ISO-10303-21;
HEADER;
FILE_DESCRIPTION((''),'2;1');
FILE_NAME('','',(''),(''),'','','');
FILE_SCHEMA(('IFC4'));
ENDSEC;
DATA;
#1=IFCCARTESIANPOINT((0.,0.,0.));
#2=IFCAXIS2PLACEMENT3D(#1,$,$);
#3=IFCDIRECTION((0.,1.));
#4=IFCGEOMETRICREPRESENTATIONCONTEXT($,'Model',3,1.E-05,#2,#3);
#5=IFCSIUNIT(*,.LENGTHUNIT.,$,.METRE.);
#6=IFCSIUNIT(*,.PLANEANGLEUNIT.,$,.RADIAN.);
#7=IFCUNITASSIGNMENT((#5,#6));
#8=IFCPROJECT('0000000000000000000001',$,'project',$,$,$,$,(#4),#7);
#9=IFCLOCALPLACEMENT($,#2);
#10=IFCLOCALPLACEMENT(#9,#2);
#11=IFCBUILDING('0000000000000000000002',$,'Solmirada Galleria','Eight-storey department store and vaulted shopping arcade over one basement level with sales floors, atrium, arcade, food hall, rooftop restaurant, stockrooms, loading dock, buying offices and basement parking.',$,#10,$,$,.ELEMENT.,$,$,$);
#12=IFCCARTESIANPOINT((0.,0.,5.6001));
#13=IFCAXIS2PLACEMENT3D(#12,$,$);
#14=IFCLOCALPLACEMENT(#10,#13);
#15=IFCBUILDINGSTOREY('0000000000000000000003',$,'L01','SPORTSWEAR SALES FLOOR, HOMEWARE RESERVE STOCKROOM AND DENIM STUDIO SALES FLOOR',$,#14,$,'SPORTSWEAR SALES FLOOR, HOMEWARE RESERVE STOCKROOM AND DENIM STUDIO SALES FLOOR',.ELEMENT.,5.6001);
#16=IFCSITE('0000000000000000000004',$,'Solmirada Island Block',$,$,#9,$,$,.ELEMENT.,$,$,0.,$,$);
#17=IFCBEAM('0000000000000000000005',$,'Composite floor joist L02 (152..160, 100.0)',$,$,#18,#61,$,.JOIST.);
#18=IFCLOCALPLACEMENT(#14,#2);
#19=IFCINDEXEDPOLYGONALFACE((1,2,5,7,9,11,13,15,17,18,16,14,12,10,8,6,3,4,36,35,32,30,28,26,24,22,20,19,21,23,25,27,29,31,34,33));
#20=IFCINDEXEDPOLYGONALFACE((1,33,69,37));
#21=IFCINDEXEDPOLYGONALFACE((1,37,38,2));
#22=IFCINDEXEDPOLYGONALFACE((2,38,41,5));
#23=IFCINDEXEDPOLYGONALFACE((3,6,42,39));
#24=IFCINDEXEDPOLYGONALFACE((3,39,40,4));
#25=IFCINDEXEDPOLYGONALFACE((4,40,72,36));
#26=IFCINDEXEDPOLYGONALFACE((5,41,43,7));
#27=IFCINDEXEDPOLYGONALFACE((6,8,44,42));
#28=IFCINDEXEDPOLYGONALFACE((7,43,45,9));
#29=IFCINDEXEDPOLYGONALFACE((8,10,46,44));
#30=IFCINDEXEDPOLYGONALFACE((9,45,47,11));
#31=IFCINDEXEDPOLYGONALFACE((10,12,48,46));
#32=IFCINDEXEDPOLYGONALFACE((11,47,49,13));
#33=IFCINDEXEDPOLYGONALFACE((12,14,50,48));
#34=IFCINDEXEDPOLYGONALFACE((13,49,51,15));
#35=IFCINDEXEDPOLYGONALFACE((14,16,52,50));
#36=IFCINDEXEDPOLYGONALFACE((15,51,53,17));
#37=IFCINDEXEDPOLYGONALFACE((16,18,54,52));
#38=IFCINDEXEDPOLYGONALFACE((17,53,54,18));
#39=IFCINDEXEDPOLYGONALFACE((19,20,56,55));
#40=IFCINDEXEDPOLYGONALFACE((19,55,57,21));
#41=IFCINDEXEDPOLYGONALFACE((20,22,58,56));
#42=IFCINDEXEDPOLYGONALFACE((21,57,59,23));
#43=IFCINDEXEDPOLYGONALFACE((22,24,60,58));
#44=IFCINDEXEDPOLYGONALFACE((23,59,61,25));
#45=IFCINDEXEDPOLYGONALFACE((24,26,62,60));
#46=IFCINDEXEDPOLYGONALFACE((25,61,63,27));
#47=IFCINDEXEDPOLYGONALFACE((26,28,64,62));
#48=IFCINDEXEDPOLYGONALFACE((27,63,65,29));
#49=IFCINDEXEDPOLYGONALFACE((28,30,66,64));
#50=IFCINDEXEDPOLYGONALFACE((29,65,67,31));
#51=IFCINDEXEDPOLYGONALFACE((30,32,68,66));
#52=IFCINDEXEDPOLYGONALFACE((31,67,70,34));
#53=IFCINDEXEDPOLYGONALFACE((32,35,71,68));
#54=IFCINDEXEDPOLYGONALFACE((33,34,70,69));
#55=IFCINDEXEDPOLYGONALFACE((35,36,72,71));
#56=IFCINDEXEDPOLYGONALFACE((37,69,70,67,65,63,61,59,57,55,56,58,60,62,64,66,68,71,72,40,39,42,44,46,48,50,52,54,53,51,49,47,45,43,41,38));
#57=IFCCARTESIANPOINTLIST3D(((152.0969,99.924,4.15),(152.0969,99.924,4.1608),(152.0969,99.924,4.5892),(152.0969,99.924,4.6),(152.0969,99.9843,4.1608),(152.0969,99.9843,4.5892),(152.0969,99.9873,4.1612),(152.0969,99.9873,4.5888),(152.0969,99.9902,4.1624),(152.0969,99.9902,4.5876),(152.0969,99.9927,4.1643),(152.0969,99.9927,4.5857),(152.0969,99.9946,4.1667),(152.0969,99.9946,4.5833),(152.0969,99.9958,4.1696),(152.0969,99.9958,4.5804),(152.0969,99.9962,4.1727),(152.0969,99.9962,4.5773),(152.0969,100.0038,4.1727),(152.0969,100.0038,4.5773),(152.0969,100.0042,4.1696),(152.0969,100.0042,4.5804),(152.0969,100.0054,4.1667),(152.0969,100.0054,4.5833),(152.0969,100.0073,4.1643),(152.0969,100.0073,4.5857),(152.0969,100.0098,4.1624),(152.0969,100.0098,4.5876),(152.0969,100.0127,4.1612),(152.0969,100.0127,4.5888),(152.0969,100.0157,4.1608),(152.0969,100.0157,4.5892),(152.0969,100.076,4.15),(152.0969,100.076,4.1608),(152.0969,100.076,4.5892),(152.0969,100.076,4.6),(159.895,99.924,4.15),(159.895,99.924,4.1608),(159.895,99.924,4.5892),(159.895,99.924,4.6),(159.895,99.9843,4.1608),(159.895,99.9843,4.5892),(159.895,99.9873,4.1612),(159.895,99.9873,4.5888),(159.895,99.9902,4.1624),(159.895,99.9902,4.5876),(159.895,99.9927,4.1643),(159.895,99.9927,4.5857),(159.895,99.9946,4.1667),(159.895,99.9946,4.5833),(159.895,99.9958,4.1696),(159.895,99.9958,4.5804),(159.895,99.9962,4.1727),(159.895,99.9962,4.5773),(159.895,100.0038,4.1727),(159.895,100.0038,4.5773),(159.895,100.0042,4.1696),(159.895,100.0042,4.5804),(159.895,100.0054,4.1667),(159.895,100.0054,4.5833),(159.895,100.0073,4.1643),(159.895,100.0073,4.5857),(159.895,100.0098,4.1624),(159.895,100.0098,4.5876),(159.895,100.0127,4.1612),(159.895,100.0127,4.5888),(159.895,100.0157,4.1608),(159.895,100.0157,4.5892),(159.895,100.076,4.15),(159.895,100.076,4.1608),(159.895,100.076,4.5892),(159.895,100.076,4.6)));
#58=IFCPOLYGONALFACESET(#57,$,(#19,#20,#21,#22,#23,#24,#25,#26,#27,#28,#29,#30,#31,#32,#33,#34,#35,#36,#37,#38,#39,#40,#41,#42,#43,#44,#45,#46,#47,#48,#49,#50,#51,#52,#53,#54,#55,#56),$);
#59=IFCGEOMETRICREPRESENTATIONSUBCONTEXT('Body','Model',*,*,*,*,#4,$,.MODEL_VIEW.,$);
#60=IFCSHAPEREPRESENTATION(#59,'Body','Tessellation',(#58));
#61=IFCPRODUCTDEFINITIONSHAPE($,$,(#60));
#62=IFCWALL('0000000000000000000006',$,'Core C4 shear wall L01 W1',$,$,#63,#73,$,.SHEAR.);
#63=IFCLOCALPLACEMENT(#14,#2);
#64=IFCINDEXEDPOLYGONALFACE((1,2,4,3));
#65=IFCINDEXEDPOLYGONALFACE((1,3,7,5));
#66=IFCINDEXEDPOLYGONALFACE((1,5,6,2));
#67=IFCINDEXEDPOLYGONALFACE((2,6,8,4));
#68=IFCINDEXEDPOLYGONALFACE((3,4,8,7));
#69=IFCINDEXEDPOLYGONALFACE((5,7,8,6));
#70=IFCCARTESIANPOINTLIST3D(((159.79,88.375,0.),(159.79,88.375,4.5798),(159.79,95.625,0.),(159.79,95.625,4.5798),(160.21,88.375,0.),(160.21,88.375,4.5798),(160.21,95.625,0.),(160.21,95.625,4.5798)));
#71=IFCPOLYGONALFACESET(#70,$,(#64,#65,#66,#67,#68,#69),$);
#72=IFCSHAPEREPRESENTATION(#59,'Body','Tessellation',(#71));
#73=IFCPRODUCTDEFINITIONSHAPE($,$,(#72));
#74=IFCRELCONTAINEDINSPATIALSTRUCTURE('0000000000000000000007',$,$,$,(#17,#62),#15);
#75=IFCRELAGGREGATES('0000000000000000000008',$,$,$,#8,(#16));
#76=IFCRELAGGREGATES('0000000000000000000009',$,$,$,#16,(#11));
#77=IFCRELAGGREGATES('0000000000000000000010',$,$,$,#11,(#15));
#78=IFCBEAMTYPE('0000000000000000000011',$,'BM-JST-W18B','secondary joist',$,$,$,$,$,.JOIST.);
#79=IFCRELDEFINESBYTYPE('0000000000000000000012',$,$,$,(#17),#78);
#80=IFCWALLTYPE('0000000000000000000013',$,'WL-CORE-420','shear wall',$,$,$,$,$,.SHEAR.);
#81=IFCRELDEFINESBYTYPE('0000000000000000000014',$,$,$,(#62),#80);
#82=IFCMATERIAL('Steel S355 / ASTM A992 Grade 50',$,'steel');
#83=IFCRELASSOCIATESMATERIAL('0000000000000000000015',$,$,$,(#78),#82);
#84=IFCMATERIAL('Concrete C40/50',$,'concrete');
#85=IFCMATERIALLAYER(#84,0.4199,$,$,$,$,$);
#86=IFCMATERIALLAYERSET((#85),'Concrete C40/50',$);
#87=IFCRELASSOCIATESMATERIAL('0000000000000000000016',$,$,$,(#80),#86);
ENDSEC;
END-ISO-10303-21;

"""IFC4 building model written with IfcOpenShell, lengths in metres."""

from ifc_helpers import new_model, si_unit, direction, frame, frame_2d, origin, origin_2d, place, context, subcontext, project, spatial, rectangle, i_section, extrude, material, layer, layer_set, material_profile, profile_set, type_object, element, save


model = new_model("IFC4")

# Units and contexts
model_context = context("Model", 3, precision=1e-05, world=origin(), true_north=direction((0.0, 1.0)))
body_context = subcontext(model_context, "Body", "Model", "MODEL_VIEW")
ifc_project = project(units=[si_unit("LENGTHUNIT", "METRE"), si_unit("PLANEANGLEUNIT", "RADIAN")], contexts=[model_context])

# Site, building, storey
site_placement = place(None, origin())
site = spatial("IfcSite", under=ifc_project, at=site_placement, Name="Solmirada Island Block", CompositionType="ELEMENT", RefElevation=0.0)
building_placement = place(site_placement, origin())
building = spatial("IfcBuilding", under=site, at=building_placement, Name="Solmirada Galleria", Description="Eight-storey department store and vaulted shopping arcade over one basement level with sales floors, atrium, arcade, food hall, rooftop restaurant, stockrooms, loading dock, buying offices and basement parking.", CompositionType="ELEMENT")
storey_placement = place(building_placement, frame((0.0, 0.0, 5.6001)))
storey = spatial("IfcBuildingStorey", under=building, at=storey_placement, Name="L01", Description="SPORTSWEAR SALES FLOOR, HOMEWARE RESERVE STOCKROOM AND DENIM STUDIO SALES FLOOR", LongName="SPORTSWEAR SALES FLOOR, HOMEWARE RESERVE STOCKROOM AND DENIM STUDIO SALES FLOOR", CompositionType="ELEMENT", Elevation=5.6001)

# Shared definitions
ifc_material_1 = material(Name="Concrete C40/50", Category="concrete")

# Beam
ifc_material_2 = material(Name="Steel S355 / ASTM A992 Grade 50", Category="steel")
ifc_material_profile_1 = material_profile(ifc_material_2, i_section(OverallWidth=0.1521, OverallDepth=0.45, WebThickness=0.0076, FlangeThickness=0.0107, FilletRadius=0.012, at=origin_2d()), Name="W18X35")
ifc_profile_set_1 = profile_set([ifc_material_profile_1], Name="Steel S355 / ASTM A992 Grade 50")
beam_type_1 = type_object("IfcBeamType", Name="BM-JST-W18B", Description="secondary joist", PredefinedType="JOIST", material=ifc_profile_set_1)
for number, where, z_axis, x_axis, name in (
    (1, (152.0969, 100.0, 4.375), (1.0, 0.0, 0.0), (0.0, 1.0, 0.0), "Composite floor joist L02 (152..160, 100.0)"),
):
    element("IfcBeam", number, at=place(storey_placement, frame(where, z_axis=z_axis, x_axis=x_axis)), inside=storey, type_object=beam_type_1, Name=name, PredefinedType="JOIST", context=body_context, shape_type="SweptSolid", body=[
        extrude(i_section(OverallWidth=0.1521, OverallDepth=0.45, WebThickness=0.0076, FlangeThickness=0.0107, FilletRadius=0.012, at=origin_2d()), origin(), (0.0, 0.0, 1.0), 7.7981),
    ])

# Wall
ifc_layer = layer(ifc_material_1, 0.4199)
ifc_layer_set = layer_set([ifc_layer], Name="Concrete C40/50")
wall_type = type_object("IfcWallType", Name="WL-CORE-420", Description="shear wall", PredefinedType="SHEAR", material=ifc_layer_set)
wall_placement = place(storey_placement, frame((160.0, 88.375, 0.0), z_axis=(0.0, 0.0, 1.0), x_axis=(0.0, 1.0, 0.0)))
element("IfcWall", 2, at=wall_placement, inside=storey, type_object=wall_type, Name="Core C4 shear wall L01 W1", PredefinedType="SHEAR", context=body_context, shape_type="SweptSolid", body=[
    extrude(rectangle(XDim=7.25, YDim=0.4199, at=frame_2d((3.625, 0.0))), origin(), (0.0, 0.0, 1.0), 4.5798),
])

save(model, "model.ifc")
